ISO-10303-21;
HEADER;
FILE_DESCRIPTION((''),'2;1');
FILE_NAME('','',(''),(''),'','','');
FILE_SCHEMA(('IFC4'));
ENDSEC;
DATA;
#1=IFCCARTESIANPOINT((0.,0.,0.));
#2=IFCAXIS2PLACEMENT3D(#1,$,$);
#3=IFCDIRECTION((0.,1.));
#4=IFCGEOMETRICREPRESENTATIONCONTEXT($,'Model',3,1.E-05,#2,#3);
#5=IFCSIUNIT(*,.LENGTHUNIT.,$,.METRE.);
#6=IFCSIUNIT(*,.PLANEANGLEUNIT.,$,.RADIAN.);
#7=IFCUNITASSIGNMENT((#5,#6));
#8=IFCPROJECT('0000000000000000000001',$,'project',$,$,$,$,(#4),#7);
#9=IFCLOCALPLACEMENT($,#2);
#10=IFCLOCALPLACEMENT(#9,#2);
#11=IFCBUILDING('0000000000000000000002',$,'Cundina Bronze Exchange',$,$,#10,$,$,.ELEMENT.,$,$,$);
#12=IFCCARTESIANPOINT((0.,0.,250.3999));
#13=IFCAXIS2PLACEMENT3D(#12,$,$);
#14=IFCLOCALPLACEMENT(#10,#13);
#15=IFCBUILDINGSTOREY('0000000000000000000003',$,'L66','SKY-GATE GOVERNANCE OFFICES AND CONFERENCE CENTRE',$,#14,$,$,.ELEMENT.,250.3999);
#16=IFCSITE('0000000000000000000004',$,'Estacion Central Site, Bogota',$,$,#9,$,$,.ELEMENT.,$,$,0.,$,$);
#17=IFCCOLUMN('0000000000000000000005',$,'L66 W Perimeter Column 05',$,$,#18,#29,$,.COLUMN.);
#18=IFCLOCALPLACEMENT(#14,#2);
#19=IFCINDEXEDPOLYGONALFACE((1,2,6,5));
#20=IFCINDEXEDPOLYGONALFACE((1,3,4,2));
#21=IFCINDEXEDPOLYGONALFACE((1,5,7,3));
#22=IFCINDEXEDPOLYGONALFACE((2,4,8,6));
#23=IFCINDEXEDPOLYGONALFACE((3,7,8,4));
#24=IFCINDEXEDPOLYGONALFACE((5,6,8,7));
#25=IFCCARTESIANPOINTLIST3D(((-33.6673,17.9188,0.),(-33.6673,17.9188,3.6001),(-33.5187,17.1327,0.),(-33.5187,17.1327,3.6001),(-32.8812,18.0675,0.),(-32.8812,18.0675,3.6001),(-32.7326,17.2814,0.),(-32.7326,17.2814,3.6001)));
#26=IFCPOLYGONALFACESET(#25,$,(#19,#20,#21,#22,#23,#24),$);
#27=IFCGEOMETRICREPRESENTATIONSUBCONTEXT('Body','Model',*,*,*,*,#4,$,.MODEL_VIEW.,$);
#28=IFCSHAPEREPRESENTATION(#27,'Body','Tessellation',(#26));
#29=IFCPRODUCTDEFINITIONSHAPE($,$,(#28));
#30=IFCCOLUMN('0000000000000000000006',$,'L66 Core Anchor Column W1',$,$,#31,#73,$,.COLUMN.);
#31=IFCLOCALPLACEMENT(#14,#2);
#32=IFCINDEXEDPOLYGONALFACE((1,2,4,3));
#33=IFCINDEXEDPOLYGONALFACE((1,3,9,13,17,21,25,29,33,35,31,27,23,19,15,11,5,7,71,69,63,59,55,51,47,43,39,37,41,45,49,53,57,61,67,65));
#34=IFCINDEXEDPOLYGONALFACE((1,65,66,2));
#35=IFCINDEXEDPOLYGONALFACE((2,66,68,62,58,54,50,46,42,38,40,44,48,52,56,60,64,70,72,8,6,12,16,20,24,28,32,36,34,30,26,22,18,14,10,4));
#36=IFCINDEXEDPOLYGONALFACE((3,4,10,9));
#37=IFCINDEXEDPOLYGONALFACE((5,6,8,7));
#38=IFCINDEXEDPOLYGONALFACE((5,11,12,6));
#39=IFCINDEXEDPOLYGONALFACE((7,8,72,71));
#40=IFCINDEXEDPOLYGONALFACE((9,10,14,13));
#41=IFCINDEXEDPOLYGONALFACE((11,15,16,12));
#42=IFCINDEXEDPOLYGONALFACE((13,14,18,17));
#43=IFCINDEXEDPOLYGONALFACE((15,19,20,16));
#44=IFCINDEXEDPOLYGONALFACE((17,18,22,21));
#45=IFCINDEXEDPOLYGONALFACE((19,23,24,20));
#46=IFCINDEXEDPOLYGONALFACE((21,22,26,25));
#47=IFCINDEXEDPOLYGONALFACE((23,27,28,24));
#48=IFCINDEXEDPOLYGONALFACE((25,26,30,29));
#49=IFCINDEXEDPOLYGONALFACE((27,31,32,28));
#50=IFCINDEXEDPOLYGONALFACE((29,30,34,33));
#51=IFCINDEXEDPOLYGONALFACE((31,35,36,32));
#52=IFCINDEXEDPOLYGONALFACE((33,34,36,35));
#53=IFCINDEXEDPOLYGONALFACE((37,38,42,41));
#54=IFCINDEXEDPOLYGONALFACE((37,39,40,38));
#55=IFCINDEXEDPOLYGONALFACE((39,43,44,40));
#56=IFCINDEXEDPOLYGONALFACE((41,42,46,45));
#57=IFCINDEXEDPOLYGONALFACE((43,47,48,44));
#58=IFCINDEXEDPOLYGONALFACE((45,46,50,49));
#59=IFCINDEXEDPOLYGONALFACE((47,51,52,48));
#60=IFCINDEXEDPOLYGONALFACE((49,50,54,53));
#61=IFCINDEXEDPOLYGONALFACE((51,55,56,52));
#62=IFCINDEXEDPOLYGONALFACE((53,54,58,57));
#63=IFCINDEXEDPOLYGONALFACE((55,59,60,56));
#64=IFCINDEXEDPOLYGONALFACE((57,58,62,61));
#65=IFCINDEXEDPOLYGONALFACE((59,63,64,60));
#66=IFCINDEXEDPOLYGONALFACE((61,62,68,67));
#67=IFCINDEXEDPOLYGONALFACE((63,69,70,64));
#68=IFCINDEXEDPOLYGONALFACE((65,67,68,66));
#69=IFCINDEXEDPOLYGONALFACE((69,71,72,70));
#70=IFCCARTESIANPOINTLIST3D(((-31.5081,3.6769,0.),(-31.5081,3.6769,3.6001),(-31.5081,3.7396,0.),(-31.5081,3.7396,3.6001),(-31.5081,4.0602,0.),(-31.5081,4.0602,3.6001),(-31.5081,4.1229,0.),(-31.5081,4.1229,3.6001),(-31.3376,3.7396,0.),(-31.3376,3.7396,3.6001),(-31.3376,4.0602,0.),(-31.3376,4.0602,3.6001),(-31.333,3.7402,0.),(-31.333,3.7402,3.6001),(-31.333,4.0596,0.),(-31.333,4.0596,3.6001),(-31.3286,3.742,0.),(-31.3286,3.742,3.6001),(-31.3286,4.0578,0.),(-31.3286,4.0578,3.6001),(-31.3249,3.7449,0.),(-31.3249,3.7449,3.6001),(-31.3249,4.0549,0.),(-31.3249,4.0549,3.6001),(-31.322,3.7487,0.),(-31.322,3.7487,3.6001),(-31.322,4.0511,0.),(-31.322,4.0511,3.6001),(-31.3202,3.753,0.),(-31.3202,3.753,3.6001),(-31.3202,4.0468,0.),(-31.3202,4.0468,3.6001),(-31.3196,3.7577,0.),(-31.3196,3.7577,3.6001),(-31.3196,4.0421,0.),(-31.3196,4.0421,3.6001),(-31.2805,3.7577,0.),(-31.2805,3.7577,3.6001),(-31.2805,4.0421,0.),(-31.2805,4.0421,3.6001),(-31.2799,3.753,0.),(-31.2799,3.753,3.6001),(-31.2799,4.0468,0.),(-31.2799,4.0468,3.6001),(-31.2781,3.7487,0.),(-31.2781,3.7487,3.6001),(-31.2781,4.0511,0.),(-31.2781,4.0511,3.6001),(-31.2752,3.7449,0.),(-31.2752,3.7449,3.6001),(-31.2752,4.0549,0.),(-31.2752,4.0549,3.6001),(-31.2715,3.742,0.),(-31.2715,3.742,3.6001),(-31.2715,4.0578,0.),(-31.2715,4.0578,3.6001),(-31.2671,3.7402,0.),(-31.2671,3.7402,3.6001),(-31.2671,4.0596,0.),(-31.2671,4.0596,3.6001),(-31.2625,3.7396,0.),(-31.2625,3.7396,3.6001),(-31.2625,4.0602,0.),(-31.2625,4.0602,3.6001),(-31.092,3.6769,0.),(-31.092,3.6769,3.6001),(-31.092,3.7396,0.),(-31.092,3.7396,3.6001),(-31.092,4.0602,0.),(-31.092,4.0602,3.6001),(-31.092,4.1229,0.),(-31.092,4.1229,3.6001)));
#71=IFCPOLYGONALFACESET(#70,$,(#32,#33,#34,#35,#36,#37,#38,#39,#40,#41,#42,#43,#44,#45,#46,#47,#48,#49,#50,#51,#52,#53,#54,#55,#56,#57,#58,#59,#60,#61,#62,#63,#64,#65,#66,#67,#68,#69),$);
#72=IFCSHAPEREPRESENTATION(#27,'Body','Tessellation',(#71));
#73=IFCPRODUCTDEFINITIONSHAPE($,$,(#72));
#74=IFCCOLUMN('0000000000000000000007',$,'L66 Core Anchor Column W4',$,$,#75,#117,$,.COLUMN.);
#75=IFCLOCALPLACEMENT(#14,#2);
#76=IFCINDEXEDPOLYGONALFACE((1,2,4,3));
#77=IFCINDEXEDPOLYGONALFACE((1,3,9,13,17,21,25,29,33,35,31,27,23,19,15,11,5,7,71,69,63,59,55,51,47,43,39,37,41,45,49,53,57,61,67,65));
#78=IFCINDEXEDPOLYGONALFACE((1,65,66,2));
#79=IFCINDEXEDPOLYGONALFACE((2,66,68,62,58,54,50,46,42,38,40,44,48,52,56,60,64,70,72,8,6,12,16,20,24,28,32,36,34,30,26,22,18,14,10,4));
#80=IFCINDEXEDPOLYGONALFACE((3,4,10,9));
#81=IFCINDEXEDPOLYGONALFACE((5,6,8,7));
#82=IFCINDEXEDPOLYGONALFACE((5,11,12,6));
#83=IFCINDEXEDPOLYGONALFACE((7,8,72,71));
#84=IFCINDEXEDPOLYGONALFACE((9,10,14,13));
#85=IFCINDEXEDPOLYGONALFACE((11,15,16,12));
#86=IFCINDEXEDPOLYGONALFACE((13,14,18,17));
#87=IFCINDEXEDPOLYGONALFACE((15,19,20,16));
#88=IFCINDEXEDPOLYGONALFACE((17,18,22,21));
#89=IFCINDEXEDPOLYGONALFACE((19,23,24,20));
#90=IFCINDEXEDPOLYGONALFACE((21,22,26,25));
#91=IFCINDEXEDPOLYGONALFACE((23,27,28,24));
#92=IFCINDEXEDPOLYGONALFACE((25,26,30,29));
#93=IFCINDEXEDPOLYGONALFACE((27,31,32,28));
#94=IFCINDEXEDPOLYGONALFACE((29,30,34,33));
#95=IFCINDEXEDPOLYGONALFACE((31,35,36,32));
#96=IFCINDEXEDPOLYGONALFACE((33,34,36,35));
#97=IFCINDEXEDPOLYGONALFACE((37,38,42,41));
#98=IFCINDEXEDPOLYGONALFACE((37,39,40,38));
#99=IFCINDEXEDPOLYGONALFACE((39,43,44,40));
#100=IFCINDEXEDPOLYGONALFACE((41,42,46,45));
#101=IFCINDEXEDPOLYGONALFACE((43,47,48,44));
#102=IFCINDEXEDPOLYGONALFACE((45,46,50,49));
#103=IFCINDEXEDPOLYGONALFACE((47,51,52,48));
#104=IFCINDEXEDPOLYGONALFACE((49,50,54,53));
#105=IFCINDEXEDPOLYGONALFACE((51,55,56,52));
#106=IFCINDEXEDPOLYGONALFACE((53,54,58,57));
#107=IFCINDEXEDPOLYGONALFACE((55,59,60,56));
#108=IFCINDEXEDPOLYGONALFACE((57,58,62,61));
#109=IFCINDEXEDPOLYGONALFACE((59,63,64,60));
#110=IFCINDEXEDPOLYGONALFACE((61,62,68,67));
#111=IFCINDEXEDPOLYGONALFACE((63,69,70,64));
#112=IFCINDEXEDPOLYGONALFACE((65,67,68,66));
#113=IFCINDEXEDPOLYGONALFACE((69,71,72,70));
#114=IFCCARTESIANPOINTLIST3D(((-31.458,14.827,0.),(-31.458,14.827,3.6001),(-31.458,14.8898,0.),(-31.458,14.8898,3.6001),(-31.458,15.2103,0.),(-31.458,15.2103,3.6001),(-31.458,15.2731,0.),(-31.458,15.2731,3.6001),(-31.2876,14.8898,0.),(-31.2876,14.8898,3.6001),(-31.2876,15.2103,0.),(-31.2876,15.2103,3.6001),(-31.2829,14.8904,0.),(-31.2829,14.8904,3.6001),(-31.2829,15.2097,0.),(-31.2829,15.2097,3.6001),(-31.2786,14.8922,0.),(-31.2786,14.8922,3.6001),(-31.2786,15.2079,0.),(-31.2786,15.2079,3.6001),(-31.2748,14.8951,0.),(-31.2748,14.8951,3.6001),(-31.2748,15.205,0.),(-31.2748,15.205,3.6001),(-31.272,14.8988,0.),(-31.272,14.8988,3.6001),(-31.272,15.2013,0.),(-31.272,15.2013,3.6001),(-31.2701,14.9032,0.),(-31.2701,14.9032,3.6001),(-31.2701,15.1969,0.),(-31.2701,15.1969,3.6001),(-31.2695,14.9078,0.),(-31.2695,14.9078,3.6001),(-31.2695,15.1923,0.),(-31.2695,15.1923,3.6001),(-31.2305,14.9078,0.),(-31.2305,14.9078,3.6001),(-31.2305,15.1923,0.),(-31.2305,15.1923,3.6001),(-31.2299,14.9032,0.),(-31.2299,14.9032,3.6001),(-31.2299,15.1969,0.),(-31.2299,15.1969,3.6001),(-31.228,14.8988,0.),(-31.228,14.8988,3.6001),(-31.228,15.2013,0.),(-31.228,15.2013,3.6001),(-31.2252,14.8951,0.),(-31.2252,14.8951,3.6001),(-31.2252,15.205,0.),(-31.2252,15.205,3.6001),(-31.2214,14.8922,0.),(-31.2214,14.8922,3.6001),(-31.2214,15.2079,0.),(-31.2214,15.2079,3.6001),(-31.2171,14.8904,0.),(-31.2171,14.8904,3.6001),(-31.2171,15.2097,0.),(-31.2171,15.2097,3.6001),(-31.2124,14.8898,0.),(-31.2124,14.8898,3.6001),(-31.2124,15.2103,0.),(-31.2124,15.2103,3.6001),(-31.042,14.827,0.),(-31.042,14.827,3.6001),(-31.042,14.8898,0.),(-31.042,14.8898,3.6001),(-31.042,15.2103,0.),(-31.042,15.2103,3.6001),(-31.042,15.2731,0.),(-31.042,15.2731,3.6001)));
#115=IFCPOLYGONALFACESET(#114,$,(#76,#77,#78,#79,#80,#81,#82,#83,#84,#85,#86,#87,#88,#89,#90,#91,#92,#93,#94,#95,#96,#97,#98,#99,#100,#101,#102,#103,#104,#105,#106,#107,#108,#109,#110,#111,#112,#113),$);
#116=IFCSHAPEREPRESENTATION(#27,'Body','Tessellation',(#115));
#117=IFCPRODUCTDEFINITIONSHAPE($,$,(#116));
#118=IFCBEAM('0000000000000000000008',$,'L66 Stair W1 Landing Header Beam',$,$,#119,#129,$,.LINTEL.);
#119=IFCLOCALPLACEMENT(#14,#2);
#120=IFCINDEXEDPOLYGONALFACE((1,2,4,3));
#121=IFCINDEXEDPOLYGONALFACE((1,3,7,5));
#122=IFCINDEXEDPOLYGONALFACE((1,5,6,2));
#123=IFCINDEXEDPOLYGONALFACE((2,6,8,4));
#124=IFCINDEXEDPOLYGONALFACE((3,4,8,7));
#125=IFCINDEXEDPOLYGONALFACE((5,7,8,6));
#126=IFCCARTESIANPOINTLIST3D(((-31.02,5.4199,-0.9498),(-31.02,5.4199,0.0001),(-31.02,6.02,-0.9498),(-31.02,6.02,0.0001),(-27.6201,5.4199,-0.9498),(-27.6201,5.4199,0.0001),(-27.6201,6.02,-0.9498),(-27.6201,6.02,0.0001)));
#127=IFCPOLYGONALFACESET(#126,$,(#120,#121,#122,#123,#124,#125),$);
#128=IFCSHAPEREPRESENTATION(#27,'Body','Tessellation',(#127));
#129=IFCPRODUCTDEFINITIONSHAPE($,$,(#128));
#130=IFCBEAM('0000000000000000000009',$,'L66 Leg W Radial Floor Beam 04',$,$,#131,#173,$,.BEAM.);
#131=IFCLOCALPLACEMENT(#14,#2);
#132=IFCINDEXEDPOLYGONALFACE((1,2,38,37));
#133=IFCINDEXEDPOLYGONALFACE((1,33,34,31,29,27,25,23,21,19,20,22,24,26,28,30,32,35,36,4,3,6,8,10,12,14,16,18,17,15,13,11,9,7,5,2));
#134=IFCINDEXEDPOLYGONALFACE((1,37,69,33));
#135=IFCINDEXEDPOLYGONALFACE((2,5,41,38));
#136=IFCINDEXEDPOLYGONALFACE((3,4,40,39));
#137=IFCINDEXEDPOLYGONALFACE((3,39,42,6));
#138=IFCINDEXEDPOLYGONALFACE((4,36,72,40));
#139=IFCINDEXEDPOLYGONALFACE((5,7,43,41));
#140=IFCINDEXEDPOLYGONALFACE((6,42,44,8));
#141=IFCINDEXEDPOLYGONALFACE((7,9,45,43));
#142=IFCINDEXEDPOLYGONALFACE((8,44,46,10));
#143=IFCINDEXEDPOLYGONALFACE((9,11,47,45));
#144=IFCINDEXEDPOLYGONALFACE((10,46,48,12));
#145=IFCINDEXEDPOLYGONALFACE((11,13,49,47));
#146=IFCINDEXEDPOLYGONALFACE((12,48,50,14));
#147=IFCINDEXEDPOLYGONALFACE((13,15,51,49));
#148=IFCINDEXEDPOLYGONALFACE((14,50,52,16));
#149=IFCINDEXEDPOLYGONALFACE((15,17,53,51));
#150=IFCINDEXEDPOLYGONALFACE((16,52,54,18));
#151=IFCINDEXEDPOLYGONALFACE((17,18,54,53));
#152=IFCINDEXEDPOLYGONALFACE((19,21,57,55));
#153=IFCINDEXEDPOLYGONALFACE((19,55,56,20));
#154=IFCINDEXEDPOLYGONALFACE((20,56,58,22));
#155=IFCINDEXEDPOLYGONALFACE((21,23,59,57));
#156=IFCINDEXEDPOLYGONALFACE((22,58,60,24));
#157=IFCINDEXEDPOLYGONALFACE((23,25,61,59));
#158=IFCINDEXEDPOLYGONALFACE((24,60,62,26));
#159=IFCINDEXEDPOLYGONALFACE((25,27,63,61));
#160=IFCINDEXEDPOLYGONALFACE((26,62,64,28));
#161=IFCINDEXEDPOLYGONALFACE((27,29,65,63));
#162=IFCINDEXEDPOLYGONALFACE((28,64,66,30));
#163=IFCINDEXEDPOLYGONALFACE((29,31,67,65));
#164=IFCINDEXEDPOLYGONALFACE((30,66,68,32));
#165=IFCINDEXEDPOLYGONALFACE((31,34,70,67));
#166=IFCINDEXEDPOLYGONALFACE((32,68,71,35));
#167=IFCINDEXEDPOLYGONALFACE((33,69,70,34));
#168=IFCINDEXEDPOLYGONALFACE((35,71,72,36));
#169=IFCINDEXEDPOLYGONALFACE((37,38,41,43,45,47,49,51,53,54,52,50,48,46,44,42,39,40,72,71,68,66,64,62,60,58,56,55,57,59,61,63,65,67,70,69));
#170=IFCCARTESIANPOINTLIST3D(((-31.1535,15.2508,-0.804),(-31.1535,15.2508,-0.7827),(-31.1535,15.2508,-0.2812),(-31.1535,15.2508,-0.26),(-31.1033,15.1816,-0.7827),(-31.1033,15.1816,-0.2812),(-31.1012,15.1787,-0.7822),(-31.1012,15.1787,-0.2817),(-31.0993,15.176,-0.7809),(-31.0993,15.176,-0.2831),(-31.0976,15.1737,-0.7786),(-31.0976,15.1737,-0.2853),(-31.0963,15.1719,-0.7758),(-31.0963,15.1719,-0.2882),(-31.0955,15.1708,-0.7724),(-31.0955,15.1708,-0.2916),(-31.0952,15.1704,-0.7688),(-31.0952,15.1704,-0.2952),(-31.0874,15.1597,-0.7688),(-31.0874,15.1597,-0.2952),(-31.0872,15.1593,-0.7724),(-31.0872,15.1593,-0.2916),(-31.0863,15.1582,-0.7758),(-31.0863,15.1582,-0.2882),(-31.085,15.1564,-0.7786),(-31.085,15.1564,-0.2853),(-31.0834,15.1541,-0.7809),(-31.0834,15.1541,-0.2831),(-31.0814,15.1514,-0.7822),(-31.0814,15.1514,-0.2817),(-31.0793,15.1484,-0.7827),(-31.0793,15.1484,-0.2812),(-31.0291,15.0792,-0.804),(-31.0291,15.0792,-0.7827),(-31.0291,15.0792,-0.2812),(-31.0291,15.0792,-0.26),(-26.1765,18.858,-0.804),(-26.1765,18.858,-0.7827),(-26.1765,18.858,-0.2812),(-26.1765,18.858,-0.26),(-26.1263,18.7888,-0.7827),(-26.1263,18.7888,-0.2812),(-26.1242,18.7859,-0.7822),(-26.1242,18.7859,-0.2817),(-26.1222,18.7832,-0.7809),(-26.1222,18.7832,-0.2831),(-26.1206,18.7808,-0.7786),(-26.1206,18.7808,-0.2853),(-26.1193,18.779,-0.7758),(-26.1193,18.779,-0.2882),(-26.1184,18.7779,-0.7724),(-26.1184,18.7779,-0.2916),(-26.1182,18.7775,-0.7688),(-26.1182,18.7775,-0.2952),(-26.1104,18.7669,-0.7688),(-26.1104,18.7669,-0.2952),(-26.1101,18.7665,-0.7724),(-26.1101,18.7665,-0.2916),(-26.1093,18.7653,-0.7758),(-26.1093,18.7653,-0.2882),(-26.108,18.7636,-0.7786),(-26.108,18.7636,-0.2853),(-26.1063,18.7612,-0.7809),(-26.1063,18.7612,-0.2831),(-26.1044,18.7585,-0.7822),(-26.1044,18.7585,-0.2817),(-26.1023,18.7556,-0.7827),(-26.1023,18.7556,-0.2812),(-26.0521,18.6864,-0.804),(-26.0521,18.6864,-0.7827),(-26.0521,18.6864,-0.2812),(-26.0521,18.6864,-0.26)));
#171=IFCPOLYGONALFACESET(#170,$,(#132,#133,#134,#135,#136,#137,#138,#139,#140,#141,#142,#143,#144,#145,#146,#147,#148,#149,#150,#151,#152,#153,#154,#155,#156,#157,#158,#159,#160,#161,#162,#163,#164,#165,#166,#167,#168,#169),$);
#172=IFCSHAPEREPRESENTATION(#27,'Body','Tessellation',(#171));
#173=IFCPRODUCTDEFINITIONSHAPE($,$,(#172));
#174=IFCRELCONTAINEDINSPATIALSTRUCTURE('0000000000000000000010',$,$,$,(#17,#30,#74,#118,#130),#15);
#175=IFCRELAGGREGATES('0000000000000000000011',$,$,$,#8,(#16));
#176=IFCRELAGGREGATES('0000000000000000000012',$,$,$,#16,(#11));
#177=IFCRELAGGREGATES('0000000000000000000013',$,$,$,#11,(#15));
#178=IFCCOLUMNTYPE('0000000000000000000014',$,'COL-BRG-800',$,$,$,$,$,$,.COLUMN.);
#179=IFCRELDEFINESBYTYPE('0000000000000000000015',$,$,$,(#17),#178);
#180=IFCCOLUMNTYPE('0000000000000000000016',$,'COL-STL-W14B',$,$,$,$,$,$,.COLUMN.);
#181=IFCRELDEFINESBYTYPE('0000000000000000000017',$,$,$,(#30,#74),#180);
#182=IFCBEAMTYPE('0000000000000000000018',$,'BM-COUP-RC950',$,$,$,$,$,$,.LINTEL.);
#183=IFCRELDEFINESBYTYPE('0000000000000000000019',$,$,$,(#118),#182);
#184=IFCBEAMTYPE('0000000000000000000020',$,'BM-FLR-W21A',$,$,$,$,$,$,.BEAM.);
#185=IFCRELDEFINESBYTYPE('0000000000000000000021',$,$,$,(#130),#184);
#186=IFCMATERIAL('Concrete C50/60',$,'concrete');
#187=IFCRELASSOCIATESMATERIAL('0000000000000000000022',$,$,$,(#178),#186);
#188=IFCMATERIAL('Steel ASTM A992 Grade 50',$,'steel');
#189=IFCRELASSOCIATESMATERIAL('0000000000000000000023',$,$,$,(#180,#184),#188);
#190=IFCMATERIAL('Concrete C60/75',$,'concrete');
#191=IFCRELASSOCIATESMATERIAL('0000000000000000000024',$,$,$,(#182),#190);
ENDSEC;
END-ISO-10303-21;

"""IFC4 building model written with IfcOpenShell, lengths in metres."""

from ifc_helpers import new_model, si_unit, direction, frame, origin, origin_2d, place, context, subcontext, project, spatial, rectangle, i_section, extrude, material, material_profile, profile_set, type_object, element, save


model = new_model("IFC4")

# Units and contexts
model_context = context("Model", 3, precision=1e-05, world=origin(), true_north=direction((0.0, 1.0)))
body_context = subcontext(model_context, "Body", "Model", "MODEL_VIEW")
ifc_project = project(units=[si_unit("LENGTHUNIT", "METRE"), si_unit("PLANEANGLEUNIT", "RADIAN")], contexts=[model_context])

# Site, building, storey
site_placement = place(None, origin())
site = spatial("IfcSite", under=ifc_project, at=site_placement, Name="Estacion Central Site, Bogota", CompositionType="ELEMENT", RefElevation=0.0)
building_placement = place(site_placement, origin())
building = spatial("IfcBuilding", under=site, at=building_placement, Name="Cundina Bronze Exchange", CompositionType="ELEMENT")
storey_placement = place(building_placement, frame((0.0, 0.0, 250.3999)))
storey = spatial("IfcBuildingStorey", under=building, at=storey_placement, Name="L66", Description="SKY-GATE GOVERNANCE OFFICES AND CONFERENCE CENTRE", CompositionType="ELEMENT", Elevation=250.3999)

# Columns
ifc_material_1 = material(Name="Concrete C50/60", Category="concrete")
ifc_material_profile_1 = material_profile(ifc_material_1, rectangle(XDim=0.8, YDim=0.8, at=origin_2d()), Name="RC800X800", Category="concrete")
ifc_profile_set_1 = profile_set([ifc_material_profile_1], Name="Concrete C50/60")
column_type_1 = type_object("IfcColumnType", Name="COL-BRG-800", PredefinedType="COLUMN", material=ifc_profile_set_1)
column_placement = place(storey_placement, frame((-33.2, 17.6001, 0.0), z_axis=(0.0, 0.0, 1.0), x_axis=(-0.98258, -0.185838, 0.0)))
element("IfcColumn", 1, at=column_placement, inside=storey, type_object=column_type_1, Name="L66 W Perimeter Column 05", PredefinedType="COLUMN", context=body_context, shape_type="SweptSolid", body=[
    extrude(rectangle(XDim=0.8, YDim=0.8, at=origin_2d()), origin(), (0.0, 0.0, 1.0), 3.6001),
])
ifc_material_2 = material(Name="Steel ASTM A992 Grade 50", Category="steel")
ifc_material_profile_2 = material_profile(ifc_material_2, i_section(OverallWidth=0.416, OverallDepth=0.446, WebThickness=0.0391, FlangeThickness=0.0627, FilletRadius=0.0181, at=origin_2d()), Name="W14X342", Category="steel")
ifc_profile_set_2 = profile_set([ifc_material_profile_2], Name="Steel ASTM A992 Grade 50")
column_type_2 = type_object("IfcColumnType", Name="COL-STL-W14B", PredefinedType="COLUMN", material=ifc_profile_set_2)
for number, where, z_axis, x_axis, name in (
    (2, (-31.3, 3.8999, 0.0), (0.0, 0.0, 1.0), (1.0, 0.0, 0.0), "L66 Core Anchor Column W1"),
    (3, (-31.25, 15.05, 0.0), (0.0, 0.0, 1.0), (1.0, 0.0, 0.0), "L66 Core Anchor Column W4"),
):
    element("IfcColumn", number, at=place(storey_placement, frame(where, z_axis=z_axis, x_axis=x_axis)), inside=storey, type_object=column_type_2, Name=name, PredefinedType="COLUMN", context=body_context, shape_type="SweptSolid", body=[
        extrude(i_section(OverallWidth=0.416, OverallDepth=0.446, WebThickness=0.0391, FlangeThickness=0.0627, FilletRadius=0.0181, at=origin_2d()), origin(), (0.0, 0.0, 1.0), 3.6001),
    ])

# Beams
ifc_material_3 = material(Name="Concrete C60/75", Category="concrete")
ifc_material_profile_3 = material_profile(ifc_material_3, rectangle(XDim=0.6001, YDim=0.95, at=origin_2d()), Name="RC600X950", Category="concrete")
ifc_profile_set_3 = profile_set([ifc_material_profile_3], Name="Concrete C60/75")
beam_type_1 = type_object("IfcBeamType", Name="BM-COUP-RC950", PredefinedType="LINTEL", material=ifc_profile_set_3)
beam_1_placement = place(storey_placement, frame((-31.02, 5.72, -0.4749), z_axis=(1.0, 0.0, 0.0), x_axis=(0.0, 1.0, 0.0)))
element("IfcBeam", 4, at=beam_1_placement, inside=storey, type_object=beam_type_1, Name="L66 Stair W1 Landing Header Beam", PredefinedType="LINTEL", context=body_context, shape_type="SweptSolid", body=[
    extrude(rectangle(XDim=0.6001, YDim=0.95, at=origin_2d()), origin(), (0.0, 0.0, 1.0), 3.3999),
])
ifc_material_profile_4 = material_profile(ifc_material_2, i_section(OverallWidth=0.2119, OverallDepth=0.5439, WebThickness=0.0132, FlangeThickness=0.0212, FilletRadius=0.0139, at=origin_2d()), Name="W21X83", Category="steel")
ifc_profile_set_4 = profile_set([ifc_material_profile_4], Name="Steel ASTM A992 Grade 50")
beam_type_2 = type_object("IfcBeamType", Name="BM-FLR-W21A", PredefinedType="BEAM", material=ifc_profile_set_4)
beam_2_placement = place(storey_placement, frame((-31.0913, 15.165, -0.532), z_axis=(0.809702, 0.586841, 0.0), x_axis=(-0.586841, 0.809702, 0.0)))
element("IfcBeam", 5, at=beam_2_placement, inside=storey, type_object=beam_type_2, Name="L66 Leg W Radial Floor Beam 04", PredefinedType="BEAM", context=body_context, shape_type="SweptSolid", body=[
    extrude(i_section(OverallWidth=0.2119, OverallDepth=0.5439, WebThickness=0.0132, FlangeThickness=0.0212, FilletRadius=0.0139, at=origin_2d()), origin(), (0.0, 0.0, 1.0), 6.1467),
])

save(model, "model.ifc")
